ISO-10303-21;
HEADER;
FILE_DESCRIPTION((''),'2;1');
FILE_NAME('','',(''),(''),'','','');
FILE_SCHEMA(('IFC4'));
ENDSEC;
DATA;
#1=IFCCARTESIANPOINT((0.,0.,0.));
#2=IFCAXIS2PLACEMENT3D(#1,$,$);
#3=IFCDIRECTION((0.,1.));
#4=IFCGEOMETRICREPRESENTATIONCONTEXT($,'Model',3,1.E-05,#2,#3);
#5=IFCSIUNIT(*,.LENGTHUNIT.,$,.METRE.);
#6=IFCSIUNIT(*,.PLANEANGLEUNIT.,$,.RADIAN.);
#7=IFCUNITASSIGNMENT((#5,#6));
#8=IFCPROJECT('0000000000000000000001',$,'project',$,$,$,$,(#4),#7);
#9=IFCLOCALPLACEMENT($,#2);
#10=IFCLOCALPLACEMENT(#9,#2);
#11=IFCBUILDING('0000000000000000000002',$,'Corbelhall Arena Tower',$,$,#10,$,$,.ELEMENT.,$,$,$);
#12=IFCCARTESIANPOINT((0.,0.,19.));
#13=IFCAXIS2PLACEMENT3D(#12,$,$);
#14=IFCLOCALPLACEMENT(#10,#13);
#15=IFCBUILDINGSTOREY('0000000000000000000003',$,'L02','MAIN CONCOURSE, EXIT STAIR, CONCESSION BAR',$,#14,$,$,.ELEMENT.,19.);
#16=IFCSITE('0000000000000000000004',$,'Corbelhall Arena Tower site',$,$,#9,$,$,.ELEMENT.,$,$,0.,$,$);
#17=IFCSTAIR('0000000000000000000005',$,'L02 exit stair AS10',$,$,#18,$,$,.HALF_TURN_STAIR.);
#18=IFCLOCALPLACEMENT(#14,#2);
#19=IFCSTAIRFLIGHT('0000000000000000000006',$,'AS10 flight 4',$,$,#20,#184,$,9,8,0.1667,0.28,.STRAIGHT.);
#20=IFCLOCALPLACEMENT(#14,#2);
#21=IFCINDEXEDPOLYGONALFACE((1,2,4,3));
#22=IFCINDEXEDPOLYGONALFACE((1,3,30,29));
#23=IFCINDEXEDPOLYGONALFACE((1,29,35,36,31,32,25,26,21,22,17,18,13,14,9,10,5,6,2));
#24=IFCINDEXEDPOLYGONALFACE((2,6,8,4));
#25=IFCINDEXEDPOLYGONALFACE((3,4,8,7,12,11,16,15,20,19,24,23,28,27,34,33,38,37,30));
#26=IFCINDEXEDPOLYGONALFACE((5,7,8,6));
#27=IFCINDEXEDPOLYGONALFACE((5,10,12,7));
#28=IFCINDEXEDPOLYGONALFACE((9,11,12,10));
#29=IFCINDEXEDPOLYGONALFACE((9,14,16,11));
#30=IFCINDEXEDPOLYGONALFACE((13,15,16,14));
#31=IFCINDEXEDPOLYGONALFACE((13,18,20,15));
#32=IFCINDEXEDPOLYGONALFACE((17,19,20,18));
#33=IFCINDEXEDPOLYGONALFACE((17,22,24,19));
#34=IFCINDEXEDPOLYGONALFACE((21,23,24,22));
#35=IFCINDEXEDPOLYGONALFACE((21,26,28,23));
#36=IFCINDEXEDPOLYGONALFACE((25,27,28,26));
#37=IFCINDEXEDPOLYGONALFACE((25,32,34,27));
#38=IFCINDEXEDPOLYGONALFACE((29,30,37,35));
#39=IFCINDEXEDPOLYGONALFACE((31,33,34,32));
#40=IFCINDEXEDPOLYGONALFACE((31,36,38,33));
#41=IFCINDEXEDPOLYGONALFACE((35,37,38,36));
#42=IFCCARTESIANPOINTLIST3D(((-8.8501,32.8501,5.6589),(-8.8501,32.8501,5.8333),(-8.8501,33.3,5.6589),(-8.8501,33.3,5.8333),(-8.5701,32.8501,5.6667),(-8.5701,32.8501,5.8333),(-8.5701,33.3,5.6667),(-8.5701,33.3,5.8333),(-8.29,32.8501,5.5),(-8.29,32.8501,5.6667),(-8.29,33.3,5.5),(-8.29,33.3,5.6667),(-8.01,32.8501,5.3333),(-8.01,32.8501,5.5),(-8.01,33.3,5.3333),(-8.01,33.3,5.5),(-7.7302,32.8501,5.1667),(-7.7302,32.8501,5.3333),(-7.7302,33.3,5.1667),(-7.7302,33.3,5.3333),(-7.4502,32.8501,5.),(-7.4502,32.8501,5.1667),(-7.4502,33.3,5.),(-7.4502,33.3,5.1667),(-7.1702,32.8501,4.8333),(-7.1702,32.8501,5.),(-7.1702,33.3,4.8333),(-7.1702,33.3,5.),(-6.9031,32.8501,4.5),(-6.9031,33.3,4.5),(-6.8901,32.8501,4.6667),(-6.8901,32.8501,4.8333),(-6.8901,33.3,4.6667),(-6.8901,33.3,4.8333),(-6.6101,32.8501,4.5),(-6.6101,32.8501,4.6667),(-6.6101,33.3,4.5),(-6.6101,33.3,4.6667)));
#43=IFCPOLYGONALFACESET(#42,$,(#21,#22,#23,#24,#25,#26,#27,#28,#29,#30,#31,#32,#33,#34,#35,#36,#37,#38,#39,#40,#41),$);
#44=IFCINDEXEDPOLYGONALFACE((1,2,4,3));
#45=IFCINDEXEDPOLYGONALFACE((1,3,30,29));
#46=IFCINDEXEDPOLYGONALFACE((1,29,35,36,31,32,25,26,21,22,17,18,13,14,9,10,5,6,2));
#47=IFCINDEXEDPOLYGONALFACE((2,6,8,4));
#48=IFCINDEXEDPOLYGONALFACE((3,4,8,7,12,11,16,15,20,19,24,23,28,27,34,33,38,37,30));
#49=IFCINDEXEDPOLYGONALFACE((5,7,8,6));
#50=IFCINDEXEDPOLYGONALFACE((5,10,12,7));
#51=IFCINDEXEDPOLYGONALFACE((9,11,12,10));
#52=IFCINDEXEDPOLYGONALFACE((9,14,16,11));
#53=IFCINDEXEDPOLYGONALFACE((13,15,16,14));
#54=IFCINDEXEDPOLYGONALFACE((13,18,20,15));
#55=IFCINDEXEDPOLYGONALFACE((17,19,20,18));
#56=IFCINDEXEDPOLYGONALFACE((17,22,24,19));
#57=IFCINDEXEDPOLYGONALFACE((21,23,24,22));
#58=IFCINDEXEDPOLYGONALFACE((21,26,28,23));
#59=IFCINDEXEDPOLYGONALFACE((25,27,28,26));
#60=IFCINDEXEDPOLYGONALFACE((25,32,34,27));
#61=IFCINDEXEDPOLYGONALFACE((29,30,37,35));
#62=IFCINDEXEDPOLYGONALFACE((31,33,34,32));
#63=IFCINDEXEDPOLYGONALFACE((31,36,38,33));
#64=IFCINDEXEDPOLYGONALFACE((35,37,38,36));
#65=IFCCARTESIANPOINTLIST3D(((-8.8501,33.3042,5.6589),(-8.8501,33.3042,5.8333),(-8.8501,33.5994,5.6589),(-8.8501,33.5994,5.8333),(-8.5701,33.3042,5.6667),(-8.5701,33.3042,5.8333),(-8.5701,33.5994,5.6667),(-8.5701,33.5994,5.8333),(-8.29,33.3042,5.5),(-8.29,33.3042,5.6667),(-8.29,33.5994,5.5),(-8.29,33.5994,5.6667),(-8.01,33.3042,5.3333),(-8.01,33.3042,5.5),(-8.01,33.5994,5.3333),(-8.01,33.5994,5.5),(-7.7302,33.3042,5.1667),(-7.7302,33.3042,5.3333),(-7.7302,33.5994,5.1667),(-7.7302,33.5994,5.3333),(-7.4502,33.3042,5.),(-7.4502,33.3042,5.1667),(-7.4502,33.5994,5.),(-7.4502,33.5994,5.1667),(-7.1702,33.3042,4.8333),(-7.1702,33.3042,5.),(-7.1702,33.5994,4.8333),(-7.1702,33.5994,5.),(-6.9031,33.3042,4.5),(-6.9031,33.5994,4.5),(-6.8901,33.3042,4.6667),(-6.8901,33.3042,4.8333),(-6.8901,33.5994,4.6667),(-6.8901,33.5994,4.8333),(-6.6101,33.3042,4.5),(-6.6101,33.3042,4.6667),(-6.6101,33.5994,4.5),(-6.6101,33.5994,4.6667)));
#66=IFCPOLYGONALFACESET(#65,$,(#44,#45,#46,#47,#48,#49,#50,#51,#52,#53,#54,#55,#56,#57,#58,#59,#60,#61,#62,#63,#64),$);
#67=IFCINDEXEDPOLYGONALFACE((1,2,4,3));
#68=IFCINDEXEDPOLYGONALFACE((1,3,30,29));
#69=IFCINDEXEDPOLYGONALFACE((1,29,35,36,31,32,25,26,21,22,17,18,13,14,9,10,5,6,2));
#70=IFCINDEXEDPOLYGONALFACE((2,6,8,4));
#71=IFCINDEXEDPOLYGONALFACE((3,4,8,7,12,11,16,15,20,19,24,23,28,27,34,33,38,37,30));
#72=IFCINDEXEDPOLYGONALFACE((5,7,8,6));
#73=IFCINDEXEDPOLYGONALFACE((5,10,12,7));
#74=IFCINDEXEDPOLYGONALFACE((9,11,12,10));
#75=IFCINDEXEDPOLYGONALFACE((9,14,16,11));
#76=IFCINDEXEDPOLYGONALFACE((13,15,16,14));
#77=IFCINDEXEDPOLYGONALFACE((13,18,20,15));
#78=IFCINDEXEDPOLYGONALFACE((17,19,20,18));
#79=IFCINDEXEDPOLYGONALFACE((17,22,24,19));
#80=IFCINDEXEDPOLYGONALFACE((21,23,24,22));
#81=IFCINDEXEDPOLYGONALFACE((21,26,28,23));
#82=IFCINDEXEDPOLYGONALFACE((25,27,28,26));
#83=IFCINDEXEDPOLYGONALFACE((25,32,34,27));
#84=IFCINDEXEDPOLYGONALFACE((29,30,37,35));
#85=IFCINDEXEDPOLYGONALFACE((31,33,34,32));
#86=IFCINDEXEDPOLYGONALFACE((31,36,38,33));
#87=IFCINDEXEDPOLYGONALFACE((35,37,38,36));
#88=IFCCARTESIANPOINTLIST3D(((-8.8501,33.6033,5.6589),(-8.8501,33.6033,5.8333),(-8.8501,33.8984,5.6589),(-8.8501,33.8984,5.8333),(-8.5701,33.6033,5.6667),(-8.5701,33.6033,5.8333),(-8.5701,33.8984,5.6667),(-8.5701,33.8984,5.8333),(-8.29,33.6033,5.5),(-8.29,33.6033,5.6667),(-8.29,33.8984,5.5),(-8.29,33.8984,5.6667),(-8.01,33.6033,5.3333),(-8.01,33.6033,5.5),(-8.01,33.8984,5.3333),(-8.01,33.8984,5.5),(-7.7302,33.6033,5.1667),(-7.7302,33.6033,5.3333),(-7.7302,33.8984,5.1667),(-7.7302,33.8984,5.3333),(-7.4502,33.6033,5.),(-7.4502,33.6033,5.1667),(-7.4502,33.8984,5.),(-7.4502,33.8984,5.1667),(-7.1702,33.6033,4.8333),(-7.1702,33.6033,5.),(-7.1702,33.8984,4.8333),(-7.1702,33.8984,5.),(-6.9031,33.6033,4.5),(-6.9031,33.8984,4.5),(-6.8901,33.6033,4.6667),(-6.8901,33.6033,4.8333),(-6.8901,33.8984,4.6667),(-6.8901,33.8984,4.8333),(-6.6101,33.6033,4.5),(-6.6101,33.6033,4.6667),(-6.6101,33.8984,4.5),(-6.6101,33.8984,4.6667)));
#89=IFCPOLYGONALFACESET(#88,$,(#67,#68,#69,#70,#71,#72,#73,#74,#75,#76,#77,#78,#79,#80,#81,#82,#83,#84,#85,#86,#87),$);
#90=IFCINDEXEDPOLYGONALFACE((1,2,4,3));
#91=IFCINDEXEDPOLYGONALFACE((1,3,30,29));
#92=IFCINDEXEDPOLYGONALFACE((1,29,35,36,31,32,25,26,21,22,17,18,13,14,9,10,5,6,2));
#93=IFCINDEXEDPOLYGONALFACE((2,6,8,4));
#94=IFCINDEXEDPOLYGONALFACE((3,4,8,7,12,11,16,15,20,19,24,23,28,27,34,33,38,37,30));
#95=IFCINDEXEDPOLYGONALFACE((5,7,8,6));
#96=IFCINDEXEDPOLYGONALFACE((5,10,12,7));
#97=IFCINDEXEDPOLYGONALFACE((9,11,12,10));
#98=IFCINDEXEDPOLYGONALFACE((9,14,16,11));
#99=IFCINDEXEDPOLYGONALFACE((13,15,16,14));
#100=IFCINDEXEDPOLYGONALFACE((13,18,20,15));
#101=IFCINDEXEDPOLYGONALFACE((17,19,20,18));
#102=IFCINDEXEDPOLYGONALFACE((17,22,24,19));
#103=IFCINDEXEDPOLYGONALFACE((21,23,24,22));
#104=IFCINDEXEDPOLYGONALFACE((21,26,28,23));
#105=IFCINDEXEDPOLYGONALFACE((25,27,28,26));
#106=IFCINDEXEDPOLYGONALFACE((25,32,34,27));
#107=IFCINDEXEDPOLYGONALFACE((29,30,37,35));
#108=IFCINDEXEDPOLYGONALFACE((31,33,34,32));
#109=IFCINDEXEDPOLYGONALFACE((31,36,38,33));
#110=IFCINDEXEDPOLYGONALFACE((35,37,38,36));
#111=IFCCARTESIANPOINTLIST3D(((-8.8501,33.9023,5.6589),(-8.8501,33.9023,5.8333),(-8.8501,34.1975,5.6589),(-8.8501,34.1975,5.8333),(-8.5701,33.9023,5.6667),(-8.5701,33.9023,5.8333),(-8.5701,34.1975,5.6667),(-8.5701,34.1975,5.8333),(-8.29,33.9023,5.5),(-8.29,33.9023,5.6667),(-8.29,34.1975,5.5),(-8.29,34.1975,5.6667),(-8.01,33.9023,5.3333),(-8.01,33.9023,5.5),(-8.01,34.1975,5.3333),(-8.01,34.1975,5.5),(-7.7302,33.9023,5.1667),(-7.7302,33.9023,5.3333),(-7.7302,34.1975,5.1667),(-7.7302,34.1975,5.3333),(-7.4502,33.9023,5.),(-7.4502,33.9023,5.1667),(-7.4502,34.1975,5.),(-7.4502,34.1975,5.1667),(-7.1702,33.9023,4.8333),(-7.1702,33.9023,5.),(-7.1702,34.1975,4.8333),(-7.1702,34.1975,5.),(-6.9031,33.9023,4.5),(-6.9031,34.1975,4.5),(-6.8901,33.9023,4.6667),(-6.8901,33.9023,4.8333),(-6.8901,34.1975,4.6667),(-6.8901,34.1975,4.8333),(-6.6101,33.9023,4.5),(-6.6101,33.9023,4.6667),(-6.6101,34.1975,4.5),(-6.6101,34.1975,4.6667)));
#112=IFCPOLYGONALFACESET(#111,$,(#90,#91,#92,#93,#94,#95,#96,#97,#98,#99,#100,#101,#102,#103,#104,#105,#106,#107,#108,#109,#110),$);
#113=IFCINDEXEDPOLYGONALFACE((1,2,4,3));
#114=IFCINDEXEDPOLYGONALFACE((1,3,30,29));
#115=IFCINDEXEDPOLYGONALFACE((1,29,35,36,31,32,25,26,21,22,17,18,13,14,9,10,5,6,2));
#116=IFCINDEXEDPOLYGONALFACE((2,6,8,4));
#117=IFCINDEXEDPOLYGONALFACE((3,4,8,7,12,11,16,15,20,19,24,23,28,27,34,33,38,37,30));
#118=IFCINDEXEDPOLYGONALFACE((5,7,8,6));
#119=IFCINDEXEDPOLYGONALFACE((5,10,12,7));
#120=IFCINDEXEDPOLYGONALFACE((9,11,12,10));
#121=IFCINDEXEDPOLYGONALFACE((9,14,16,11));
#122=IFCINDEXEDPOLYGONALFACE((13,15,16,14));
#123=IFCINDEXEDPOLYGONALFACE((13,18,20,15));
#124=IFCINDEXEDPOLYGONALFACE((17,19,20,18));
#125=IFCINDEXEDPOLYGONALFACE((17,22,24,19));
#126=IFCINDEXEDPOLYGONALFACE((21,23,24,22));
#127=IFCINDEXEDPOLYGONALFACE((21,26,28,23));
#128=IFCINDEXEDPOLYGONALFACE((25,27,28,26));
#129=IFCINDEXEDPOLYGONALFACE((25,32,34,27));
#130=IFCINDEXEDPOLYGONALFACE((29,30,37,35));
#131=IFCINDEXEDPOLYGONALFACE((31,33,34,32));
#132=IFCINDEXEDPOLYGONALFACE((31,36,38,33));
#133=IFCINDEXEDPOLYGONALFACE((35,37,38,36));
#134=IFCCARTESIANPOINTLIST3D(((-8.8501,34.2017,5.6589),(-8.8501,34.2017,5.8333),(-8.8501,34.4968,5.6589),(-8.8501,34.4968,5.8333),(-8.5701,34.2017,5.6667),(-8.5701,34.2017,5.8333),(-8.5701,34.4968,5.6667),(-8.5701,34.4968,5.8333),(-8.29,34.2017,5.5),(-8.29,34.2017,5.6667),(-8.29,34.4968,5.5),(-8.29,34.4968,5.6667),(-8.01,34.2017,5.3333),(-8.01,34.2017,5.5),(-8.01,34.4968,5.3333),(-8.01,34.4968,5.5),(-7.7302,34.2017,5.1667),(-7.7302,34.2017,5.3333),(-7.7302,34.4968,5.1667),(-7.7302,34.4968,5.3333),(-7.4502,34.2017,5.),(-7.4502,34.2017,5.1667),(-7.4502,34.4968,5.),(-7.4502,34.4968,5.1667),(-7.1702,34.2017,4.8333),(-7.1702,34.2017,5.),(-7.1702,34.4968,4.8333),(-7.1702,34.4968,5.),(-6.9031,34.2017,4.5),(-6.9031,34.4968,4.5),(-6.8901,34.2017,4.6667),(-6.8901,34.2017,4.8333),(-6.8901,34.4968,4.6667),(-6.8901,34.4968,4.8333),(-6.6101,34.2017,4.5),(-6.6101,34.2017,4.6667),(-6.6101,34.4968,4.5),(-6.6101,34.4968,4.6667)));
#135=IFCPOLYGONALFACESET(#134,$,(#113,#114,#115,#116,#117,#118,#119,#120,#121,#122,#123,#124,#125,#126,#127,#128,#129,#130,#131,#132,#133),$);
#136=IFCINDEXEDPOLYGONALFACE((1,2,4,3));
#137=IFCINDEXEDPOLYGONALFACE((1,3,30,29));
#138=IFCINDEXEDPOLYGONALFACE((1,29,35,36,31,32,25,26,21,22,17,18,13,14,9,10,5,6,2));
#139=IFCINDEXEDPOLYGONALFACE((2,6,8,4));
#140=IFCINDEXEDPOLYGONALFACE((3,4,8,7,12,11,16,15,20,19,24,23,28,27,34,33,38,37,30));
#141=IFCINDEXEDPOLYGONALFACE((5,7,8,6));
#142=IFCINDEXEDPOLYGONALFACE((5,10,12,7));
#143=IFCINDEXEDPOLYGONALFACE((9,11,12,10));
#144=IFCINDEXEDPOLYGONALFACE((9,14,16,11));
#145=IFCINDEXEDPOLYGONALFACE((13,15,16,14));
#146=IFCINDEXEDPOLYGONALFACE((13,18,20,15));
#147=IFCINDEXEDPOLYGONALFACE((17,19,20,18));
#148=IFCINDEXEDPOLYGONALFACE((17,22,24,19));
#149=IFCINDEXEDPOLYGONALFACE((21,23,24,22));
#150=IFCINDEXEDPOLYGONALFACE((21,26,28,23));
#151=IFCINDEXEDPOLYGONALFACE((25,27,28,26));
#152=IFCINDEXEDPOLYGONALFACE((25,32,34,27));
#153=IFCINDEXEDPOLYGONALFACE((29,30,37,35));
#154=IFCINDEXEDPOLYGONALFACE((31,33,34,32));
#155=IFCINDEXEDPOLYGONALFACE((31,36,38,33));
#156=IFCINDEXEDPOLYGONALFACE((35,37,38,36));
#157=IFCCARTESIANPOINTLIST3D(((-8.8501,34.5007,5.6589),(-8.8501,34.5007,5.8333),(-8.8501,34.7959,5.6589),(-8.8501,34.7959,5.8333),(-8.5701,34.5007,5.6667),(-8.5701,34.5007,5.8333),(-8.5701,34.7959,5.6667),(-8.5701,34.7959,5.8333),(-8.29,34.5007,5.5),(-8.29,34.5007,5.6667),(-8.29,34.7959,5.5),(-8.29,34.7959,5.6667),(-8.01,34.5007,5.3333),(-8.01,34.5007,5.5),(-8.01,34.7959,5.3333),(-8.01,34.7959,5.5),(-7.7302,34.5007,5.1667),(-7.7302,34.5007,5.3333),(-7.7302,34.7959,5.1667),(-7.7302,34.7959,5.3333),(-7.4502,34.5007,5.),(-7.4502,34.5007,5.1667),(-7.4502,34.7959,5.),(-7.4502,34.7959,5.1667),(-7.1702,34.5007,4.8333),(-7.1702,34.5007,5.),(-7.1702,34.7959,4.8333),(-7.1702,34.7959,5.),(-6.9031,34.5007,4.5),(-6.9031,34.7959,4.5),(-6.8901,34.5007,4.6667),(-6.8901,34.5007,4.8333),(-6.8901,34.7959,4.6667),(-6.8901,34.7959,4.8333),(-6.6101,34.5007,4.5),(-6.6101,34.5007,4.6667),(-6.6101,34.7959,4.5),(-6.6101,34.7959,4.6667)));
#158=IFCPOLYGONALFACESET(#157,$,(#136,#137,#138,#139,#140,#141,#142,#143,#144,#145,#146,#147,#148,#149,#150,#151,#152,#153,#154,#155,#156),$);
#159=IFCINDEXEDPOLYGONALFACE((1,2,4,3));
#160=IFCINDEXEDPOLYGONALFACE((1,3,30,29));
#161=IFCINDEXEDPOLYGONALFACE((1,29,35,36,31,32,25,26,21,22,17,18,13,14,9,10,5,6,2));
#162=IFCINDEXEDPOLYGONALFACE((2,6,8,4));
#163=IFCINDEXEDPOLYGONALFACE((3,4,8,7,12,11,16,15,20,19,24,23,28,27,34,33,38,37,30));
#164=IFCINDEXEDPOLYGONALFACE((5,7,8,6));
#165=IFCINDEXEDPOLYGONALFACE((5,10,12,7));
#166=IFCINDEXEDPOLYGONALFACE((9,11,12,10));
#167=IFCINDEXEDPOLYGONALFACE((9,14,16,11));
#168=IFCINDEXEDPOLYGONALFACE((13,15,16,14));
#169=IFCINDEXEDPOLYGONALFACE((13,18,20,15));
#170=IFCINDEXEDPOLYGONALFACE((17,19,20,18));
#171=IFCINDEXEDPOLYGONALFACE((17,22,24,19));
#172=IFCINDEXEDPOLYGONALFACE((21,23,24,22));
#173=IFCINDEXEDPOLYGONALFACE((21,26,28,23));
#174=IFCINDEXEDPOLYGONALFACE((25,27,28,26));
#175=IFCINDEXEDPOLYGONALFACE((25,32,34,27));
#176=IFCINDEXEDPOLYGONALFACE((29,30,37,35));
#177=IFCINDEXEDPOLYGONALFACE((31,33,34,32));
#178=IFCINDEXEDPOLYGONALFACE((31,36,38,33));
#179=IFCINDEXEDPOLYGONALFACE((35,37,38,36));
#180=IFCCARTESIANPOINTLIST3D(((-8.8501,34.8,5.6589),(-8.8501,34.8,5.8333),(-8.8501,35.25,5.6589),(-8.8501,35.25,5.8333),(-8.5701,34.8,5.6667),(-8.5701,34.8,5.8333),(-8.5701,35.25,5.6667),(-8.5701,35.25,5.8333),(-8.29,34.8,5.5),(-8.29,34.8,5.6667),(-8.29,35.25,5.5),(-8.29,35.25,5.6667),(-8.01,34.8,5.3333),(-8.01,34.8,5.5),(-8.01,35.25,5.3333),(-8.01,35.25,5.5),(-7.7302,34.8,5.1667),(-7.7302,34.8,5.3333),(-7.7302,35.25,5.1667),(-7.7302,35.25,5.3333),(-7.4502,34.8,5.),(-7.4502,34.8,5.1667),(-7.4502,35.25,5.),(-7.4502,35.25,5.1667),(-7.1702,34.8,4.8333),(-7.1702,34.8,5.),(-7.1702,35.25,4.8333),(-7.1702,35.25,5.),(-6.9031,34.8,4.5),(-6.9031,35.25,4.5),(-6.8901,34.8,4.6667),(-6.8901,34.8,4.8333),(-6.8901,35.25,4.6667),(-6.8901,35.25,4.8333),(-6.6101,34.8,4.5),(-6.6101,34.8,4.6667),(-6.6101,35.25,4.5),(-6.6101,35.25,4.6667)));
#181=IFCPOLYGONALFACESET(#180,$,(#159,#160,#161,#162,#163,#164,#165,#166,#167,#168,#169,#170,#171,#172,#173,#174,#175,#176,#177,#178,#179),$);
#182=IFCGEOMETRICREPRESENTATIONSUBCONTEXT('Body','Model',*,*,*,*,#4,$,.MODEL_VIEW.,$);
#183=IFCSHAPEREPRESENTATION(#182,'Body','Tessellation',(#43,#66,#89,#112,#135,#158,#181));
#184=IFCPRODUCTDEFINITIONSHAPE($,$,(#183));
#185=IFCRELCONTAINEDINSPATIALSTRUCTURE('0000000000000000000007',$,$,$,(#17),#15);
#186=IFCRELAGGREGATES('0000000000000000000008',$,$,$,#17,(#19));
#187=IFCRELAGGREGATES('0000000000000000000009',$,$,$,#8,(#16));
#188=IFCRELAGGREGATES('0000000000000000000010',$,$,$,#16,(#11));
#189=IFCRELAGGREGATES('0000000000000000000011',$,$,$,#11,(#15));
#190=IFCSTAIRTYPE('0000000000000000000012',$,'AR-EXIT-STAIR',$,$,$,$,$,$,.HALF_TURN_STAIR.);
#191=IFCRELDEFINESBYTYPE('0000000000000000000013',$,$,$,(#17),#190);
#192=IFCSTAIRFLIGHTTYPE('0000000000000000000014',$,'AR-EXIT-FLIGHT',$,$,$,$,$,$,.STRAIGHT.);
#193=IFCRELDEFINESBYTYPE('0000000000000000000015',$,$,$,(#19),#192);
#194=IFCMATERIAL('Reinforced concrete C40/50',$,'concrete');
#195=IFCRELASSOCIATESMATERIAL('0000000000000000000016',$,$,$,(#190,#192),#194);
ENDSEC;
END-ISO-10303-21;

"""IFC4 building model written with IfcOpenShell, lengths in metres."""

from ifc_helpers import new_model, si_unit, direction, frame, origin, place, context, subcontext, project, spatial, polyline, outline, extrude, material, type_object, element, aggregate, save


model = new_model("IFC4")

# Units and contexts
model_context = context("Model", 3, precision=1e-05, world=origin(), true_north=direction((0.0, 1.0)))
body_context = subcontext(model_context, "Body", "Model", "MODEL_VIEW")
ifc_project = project(units=[si_unit("LENGTHUNIT", "METRE"), si_unit("PLANEANGLEUNIT", "RADIAN")], contexts=[model_context])

# Site, building, storey
site_placement = place(None, origin())
site = spatial("IfcSite", under=ifc_project, at=site_placement, Name="Corbelhall Arena Tower site", CompositionType="ELEMENT", RefElevation=0.0)
building_placement = place(site_placement, origin())
building = spatial("IfcBuilding", under=site, at=building_placement, Name="Corbelhall Arena Tower", CompositionType="ELEMENT")
storey_placement = place(building_placement, frame((0.0, 0.0, 19.0)))
storey = spatial("IfcBuildingStorey", under=building, at=storey_placement, Name="L02", Description="MAIN CONCOURSE, EXIT STAIR, CONCESSION BAR", CompositionType="ELEMENT", Elevation=19.0)

# Shared definitions
ifc_material_1 = material(Name="Reinforced concrete C40/50", Category="concrete")

# Stair, stair flight
stair_type = type_object("IfcStairType", Name="AR-EXIT-STAIR", PredefinedType="HALF_TURN_STAIR", material=ifc_material_1)
stair_flight_type = type_object("IfcStairFlightType", Name="AR-EXIT-FLIGHT", PredefinedType="STRAIGHT", material=ifc_material_1)
stair_1_placement = place(storey_placement, origin())
stair_1 = element("IfcStair", 1, at=stair_1_placement, inside=storey, type_object=stair_type, Name="L02 exit stair AS10", PredefinedType="HALF_TURN_STAIR")
stair_flight_1_placement = place(storey_placement, frame((-6.6101, 34.05, 4.5), z_axis=(0.0, 0.0, 1.0), x_axis=(-1.0, 0.0, 0.0)))
stair_flight_1 = element("IfcStairFlight", 2, at=stair_flight_1_placement, type_object=stair_flight_type, Name="AS10 flight 4", NumberOfRisers=9, NumberOfTreads=8, PredefinedType="STRAIGHT", RiserHeight=0.1667, TreadLength=0.28, context=body_context, shape_type="SweptSolid", body=[
    extrude(outline(polyline([(0.0, 0.0), (0.0, 0.1667), (0.28, 0.1667), (0.28, 0.3333), (0.5601, 0.3333), (0.5601, 0.5), (0.8401, 0.5), (0.8401, 0.6667), (1.1201, 0.6667), (1.1201, 0.8333), (1.3999, 0.8333), (1.3999, 1.0), (1.6799, 1.0), (1.6799, 1.1667), (1.96, 1.1667), (1.96, 1.3333), (2.24, 1.3333), (2.24, 1.5), (2.24, 1.1589), (0.293, 0.0), (0.0, 0.0)])), frame((0.0, 1.2, 0.0), z_axis=(0.0, -1.0, 0.0), x_axis=(1.0, 0.0, 0.0)), (0.0, 0.0, 1.0), 0.45),
    extrude(outline(polyline([(0.0, 0.0), (0.0, 0.1667), (0.28, 0.1667), (0.28, 0.3333), (0.5601, 0.3333), (0.5601, 0.5), (0.8401, 0.5), (0.8401, 0.6667), (1.1201, 0.6667), (1.1201, 0.8333), (1.3999, 0.8333), (1.3999, 1.0), (1.6799, 1.0), (1.6799, 1.1667), (1.96, 1.1667), (1.96, 1.3333), (2.24, 1.3333), (2.24, 1.5), (2.24, 1.1589), (0.293, 0.0), (0.0, 0.0)])), frame((0.0, 0.7458, 0.0), z_axis=(0.0, -1.0, 0.0), x_axis=(1.0, 0.0, 0.0)), (0.0, 0.0, 1.0), 0.2952),
    extrude(outline(polyline([(0.0, 0.0), (0.0, 0.1667), (0.28, 0.1667), (0.28, 0.3333), (0.5601, 0.3333), (0.5601, 0.5), (0.8401, 0.5), (0.8401, 0.6667), (1.1201, 0.6667), (1.1201, 0.8333), (1.3999, 0.8333), (1.3999, 1.0), (1.6799, 1.0), (1.6799, 1.1667), (1.96, 1.1667), (1.96, 1.3333), (2.24, 1.3333), (2.24, 1.5), (2.24, 1.1589), (0.293, 0.0), (0.0, 0.0)])), frame((0.0, 0.4468, 0.0), z_axis=(0.0, -1.0, 0.0), x_axis=(1.0, 0.0, 0.0)), (0.0, 0.0, 1.0), 0.2952),
    extrude(outline(polyline([(0.0, 0.0), (0.0, 0.1667), (0.28, 0.1667), (0.28, 0.3333), (0.5601, 0.3333), (0.5601, 0.5), (0.8401, 0.5), (0.8401, 0.6667), (1.1201, 0.6667), (1.1201, 0.8333), (1.3999, 0.8333), (1.3999, 1.0), (1.6799, 1.0), (1.6799, 1.1667), (1.96, 1.1667), (1.96, 1.3333), (2.24, 1.3333), (2.24, 1.5), (2.24, 1.1589), (0.293, 0.0), (0.0, 0.0)])), frame((0.0, 0.1477, 0.0), z_axis=(0.0, -1.0, 0.0), x_axis=(1.0, 0.0, 0.0)), (0.0, 0.0, 1.0), 0.2952),
    extrude(outline(polyline([(0.0, 0.0), (0.0, 0.1667), (0.28, 0.1667), (0.28, 0.3333), (0.5601, 0.3333), (0.5601, 0.5), (0.8401, 0.5), (0.8401, 0.6667), (1.1201, 0.6667), (1.1201, 0.8333), (1.3999, 0.8333), (1.3999, 1.0), (1.6799, 1.0), (1.6799, 1.1667), (1.96, 1.1667), (1.96, 1.3333), (2.24, 1.3333), (2.24, 1.5), (2.24, 1.1589), (0.293, 0.0), (0.0, 0.0)])), frame((0.0, -0.1516, 0.0), z_axis=(0.0, -1.0, 0.0), x_axis=(1.0, 0.0, 0.0)), (0.0, 0.0, 1.0), 0.2952),
    extrude(outline(polyline([(0.0, 0.0), (0.0, 0.1667), (0.28, 0.1667), (0.28, 0.3333), (0.5601, 0.3333), (0.5601, 0.5), (0.8401, 0.5), (0.8401, 0.6667), (1.1201, 0.6667), (1.1201, 0.8333), (1.3999, 0.8333), (1.3999, 1.0), (1.6799, 1.0), (1.6799, 1.1667), (1.96, 1.1667), (1.96, 1.3333), (2.24, 1.3333), (2.24, 1.5), (2.24, 1.1589), (0.293, 0.0), (0.0, 0.0)])), frame((0.0, -0.4507, 0.0), z_axis=(0.0, -1.0, 0.0), x_axis=(1.0, 0.0, 0.0)), (0.0, 0.0, 1.0), 0.2952),
    extrude(outline(polyline([(0.0, 0.0), (0.0, 0.1667), (0.28, 0.1667), (0.28, 0.3333), (0.5601, 0.3333), (0.5601, 0.5), (0.8401, 0.5), (0.8401, 0.6667), (1.1201, 0.6667), (1.1201, 0.8333), (1.3999, 0.8333), (1.3999, 1.0), (1.6799, 1.0), (1.6799, 1.1667), (1.96, 1.1667), (1.96, 1.3333), (2.24, 1.3333), (2.24, 1.5), (2.24, 1.1589), (0.293, 0.0), (0.0, 0.0)])), frame((0.0, -0.75, 0.0), z_axis=(0.0, -1.0, 0.0), x_axis=(1.0, 0.0, 0.0)), (0.0, 0.0, 1.0), 0.45),
])
aggregate(stair_1, [stair_flight_1])

save(model, "model.ifc")
